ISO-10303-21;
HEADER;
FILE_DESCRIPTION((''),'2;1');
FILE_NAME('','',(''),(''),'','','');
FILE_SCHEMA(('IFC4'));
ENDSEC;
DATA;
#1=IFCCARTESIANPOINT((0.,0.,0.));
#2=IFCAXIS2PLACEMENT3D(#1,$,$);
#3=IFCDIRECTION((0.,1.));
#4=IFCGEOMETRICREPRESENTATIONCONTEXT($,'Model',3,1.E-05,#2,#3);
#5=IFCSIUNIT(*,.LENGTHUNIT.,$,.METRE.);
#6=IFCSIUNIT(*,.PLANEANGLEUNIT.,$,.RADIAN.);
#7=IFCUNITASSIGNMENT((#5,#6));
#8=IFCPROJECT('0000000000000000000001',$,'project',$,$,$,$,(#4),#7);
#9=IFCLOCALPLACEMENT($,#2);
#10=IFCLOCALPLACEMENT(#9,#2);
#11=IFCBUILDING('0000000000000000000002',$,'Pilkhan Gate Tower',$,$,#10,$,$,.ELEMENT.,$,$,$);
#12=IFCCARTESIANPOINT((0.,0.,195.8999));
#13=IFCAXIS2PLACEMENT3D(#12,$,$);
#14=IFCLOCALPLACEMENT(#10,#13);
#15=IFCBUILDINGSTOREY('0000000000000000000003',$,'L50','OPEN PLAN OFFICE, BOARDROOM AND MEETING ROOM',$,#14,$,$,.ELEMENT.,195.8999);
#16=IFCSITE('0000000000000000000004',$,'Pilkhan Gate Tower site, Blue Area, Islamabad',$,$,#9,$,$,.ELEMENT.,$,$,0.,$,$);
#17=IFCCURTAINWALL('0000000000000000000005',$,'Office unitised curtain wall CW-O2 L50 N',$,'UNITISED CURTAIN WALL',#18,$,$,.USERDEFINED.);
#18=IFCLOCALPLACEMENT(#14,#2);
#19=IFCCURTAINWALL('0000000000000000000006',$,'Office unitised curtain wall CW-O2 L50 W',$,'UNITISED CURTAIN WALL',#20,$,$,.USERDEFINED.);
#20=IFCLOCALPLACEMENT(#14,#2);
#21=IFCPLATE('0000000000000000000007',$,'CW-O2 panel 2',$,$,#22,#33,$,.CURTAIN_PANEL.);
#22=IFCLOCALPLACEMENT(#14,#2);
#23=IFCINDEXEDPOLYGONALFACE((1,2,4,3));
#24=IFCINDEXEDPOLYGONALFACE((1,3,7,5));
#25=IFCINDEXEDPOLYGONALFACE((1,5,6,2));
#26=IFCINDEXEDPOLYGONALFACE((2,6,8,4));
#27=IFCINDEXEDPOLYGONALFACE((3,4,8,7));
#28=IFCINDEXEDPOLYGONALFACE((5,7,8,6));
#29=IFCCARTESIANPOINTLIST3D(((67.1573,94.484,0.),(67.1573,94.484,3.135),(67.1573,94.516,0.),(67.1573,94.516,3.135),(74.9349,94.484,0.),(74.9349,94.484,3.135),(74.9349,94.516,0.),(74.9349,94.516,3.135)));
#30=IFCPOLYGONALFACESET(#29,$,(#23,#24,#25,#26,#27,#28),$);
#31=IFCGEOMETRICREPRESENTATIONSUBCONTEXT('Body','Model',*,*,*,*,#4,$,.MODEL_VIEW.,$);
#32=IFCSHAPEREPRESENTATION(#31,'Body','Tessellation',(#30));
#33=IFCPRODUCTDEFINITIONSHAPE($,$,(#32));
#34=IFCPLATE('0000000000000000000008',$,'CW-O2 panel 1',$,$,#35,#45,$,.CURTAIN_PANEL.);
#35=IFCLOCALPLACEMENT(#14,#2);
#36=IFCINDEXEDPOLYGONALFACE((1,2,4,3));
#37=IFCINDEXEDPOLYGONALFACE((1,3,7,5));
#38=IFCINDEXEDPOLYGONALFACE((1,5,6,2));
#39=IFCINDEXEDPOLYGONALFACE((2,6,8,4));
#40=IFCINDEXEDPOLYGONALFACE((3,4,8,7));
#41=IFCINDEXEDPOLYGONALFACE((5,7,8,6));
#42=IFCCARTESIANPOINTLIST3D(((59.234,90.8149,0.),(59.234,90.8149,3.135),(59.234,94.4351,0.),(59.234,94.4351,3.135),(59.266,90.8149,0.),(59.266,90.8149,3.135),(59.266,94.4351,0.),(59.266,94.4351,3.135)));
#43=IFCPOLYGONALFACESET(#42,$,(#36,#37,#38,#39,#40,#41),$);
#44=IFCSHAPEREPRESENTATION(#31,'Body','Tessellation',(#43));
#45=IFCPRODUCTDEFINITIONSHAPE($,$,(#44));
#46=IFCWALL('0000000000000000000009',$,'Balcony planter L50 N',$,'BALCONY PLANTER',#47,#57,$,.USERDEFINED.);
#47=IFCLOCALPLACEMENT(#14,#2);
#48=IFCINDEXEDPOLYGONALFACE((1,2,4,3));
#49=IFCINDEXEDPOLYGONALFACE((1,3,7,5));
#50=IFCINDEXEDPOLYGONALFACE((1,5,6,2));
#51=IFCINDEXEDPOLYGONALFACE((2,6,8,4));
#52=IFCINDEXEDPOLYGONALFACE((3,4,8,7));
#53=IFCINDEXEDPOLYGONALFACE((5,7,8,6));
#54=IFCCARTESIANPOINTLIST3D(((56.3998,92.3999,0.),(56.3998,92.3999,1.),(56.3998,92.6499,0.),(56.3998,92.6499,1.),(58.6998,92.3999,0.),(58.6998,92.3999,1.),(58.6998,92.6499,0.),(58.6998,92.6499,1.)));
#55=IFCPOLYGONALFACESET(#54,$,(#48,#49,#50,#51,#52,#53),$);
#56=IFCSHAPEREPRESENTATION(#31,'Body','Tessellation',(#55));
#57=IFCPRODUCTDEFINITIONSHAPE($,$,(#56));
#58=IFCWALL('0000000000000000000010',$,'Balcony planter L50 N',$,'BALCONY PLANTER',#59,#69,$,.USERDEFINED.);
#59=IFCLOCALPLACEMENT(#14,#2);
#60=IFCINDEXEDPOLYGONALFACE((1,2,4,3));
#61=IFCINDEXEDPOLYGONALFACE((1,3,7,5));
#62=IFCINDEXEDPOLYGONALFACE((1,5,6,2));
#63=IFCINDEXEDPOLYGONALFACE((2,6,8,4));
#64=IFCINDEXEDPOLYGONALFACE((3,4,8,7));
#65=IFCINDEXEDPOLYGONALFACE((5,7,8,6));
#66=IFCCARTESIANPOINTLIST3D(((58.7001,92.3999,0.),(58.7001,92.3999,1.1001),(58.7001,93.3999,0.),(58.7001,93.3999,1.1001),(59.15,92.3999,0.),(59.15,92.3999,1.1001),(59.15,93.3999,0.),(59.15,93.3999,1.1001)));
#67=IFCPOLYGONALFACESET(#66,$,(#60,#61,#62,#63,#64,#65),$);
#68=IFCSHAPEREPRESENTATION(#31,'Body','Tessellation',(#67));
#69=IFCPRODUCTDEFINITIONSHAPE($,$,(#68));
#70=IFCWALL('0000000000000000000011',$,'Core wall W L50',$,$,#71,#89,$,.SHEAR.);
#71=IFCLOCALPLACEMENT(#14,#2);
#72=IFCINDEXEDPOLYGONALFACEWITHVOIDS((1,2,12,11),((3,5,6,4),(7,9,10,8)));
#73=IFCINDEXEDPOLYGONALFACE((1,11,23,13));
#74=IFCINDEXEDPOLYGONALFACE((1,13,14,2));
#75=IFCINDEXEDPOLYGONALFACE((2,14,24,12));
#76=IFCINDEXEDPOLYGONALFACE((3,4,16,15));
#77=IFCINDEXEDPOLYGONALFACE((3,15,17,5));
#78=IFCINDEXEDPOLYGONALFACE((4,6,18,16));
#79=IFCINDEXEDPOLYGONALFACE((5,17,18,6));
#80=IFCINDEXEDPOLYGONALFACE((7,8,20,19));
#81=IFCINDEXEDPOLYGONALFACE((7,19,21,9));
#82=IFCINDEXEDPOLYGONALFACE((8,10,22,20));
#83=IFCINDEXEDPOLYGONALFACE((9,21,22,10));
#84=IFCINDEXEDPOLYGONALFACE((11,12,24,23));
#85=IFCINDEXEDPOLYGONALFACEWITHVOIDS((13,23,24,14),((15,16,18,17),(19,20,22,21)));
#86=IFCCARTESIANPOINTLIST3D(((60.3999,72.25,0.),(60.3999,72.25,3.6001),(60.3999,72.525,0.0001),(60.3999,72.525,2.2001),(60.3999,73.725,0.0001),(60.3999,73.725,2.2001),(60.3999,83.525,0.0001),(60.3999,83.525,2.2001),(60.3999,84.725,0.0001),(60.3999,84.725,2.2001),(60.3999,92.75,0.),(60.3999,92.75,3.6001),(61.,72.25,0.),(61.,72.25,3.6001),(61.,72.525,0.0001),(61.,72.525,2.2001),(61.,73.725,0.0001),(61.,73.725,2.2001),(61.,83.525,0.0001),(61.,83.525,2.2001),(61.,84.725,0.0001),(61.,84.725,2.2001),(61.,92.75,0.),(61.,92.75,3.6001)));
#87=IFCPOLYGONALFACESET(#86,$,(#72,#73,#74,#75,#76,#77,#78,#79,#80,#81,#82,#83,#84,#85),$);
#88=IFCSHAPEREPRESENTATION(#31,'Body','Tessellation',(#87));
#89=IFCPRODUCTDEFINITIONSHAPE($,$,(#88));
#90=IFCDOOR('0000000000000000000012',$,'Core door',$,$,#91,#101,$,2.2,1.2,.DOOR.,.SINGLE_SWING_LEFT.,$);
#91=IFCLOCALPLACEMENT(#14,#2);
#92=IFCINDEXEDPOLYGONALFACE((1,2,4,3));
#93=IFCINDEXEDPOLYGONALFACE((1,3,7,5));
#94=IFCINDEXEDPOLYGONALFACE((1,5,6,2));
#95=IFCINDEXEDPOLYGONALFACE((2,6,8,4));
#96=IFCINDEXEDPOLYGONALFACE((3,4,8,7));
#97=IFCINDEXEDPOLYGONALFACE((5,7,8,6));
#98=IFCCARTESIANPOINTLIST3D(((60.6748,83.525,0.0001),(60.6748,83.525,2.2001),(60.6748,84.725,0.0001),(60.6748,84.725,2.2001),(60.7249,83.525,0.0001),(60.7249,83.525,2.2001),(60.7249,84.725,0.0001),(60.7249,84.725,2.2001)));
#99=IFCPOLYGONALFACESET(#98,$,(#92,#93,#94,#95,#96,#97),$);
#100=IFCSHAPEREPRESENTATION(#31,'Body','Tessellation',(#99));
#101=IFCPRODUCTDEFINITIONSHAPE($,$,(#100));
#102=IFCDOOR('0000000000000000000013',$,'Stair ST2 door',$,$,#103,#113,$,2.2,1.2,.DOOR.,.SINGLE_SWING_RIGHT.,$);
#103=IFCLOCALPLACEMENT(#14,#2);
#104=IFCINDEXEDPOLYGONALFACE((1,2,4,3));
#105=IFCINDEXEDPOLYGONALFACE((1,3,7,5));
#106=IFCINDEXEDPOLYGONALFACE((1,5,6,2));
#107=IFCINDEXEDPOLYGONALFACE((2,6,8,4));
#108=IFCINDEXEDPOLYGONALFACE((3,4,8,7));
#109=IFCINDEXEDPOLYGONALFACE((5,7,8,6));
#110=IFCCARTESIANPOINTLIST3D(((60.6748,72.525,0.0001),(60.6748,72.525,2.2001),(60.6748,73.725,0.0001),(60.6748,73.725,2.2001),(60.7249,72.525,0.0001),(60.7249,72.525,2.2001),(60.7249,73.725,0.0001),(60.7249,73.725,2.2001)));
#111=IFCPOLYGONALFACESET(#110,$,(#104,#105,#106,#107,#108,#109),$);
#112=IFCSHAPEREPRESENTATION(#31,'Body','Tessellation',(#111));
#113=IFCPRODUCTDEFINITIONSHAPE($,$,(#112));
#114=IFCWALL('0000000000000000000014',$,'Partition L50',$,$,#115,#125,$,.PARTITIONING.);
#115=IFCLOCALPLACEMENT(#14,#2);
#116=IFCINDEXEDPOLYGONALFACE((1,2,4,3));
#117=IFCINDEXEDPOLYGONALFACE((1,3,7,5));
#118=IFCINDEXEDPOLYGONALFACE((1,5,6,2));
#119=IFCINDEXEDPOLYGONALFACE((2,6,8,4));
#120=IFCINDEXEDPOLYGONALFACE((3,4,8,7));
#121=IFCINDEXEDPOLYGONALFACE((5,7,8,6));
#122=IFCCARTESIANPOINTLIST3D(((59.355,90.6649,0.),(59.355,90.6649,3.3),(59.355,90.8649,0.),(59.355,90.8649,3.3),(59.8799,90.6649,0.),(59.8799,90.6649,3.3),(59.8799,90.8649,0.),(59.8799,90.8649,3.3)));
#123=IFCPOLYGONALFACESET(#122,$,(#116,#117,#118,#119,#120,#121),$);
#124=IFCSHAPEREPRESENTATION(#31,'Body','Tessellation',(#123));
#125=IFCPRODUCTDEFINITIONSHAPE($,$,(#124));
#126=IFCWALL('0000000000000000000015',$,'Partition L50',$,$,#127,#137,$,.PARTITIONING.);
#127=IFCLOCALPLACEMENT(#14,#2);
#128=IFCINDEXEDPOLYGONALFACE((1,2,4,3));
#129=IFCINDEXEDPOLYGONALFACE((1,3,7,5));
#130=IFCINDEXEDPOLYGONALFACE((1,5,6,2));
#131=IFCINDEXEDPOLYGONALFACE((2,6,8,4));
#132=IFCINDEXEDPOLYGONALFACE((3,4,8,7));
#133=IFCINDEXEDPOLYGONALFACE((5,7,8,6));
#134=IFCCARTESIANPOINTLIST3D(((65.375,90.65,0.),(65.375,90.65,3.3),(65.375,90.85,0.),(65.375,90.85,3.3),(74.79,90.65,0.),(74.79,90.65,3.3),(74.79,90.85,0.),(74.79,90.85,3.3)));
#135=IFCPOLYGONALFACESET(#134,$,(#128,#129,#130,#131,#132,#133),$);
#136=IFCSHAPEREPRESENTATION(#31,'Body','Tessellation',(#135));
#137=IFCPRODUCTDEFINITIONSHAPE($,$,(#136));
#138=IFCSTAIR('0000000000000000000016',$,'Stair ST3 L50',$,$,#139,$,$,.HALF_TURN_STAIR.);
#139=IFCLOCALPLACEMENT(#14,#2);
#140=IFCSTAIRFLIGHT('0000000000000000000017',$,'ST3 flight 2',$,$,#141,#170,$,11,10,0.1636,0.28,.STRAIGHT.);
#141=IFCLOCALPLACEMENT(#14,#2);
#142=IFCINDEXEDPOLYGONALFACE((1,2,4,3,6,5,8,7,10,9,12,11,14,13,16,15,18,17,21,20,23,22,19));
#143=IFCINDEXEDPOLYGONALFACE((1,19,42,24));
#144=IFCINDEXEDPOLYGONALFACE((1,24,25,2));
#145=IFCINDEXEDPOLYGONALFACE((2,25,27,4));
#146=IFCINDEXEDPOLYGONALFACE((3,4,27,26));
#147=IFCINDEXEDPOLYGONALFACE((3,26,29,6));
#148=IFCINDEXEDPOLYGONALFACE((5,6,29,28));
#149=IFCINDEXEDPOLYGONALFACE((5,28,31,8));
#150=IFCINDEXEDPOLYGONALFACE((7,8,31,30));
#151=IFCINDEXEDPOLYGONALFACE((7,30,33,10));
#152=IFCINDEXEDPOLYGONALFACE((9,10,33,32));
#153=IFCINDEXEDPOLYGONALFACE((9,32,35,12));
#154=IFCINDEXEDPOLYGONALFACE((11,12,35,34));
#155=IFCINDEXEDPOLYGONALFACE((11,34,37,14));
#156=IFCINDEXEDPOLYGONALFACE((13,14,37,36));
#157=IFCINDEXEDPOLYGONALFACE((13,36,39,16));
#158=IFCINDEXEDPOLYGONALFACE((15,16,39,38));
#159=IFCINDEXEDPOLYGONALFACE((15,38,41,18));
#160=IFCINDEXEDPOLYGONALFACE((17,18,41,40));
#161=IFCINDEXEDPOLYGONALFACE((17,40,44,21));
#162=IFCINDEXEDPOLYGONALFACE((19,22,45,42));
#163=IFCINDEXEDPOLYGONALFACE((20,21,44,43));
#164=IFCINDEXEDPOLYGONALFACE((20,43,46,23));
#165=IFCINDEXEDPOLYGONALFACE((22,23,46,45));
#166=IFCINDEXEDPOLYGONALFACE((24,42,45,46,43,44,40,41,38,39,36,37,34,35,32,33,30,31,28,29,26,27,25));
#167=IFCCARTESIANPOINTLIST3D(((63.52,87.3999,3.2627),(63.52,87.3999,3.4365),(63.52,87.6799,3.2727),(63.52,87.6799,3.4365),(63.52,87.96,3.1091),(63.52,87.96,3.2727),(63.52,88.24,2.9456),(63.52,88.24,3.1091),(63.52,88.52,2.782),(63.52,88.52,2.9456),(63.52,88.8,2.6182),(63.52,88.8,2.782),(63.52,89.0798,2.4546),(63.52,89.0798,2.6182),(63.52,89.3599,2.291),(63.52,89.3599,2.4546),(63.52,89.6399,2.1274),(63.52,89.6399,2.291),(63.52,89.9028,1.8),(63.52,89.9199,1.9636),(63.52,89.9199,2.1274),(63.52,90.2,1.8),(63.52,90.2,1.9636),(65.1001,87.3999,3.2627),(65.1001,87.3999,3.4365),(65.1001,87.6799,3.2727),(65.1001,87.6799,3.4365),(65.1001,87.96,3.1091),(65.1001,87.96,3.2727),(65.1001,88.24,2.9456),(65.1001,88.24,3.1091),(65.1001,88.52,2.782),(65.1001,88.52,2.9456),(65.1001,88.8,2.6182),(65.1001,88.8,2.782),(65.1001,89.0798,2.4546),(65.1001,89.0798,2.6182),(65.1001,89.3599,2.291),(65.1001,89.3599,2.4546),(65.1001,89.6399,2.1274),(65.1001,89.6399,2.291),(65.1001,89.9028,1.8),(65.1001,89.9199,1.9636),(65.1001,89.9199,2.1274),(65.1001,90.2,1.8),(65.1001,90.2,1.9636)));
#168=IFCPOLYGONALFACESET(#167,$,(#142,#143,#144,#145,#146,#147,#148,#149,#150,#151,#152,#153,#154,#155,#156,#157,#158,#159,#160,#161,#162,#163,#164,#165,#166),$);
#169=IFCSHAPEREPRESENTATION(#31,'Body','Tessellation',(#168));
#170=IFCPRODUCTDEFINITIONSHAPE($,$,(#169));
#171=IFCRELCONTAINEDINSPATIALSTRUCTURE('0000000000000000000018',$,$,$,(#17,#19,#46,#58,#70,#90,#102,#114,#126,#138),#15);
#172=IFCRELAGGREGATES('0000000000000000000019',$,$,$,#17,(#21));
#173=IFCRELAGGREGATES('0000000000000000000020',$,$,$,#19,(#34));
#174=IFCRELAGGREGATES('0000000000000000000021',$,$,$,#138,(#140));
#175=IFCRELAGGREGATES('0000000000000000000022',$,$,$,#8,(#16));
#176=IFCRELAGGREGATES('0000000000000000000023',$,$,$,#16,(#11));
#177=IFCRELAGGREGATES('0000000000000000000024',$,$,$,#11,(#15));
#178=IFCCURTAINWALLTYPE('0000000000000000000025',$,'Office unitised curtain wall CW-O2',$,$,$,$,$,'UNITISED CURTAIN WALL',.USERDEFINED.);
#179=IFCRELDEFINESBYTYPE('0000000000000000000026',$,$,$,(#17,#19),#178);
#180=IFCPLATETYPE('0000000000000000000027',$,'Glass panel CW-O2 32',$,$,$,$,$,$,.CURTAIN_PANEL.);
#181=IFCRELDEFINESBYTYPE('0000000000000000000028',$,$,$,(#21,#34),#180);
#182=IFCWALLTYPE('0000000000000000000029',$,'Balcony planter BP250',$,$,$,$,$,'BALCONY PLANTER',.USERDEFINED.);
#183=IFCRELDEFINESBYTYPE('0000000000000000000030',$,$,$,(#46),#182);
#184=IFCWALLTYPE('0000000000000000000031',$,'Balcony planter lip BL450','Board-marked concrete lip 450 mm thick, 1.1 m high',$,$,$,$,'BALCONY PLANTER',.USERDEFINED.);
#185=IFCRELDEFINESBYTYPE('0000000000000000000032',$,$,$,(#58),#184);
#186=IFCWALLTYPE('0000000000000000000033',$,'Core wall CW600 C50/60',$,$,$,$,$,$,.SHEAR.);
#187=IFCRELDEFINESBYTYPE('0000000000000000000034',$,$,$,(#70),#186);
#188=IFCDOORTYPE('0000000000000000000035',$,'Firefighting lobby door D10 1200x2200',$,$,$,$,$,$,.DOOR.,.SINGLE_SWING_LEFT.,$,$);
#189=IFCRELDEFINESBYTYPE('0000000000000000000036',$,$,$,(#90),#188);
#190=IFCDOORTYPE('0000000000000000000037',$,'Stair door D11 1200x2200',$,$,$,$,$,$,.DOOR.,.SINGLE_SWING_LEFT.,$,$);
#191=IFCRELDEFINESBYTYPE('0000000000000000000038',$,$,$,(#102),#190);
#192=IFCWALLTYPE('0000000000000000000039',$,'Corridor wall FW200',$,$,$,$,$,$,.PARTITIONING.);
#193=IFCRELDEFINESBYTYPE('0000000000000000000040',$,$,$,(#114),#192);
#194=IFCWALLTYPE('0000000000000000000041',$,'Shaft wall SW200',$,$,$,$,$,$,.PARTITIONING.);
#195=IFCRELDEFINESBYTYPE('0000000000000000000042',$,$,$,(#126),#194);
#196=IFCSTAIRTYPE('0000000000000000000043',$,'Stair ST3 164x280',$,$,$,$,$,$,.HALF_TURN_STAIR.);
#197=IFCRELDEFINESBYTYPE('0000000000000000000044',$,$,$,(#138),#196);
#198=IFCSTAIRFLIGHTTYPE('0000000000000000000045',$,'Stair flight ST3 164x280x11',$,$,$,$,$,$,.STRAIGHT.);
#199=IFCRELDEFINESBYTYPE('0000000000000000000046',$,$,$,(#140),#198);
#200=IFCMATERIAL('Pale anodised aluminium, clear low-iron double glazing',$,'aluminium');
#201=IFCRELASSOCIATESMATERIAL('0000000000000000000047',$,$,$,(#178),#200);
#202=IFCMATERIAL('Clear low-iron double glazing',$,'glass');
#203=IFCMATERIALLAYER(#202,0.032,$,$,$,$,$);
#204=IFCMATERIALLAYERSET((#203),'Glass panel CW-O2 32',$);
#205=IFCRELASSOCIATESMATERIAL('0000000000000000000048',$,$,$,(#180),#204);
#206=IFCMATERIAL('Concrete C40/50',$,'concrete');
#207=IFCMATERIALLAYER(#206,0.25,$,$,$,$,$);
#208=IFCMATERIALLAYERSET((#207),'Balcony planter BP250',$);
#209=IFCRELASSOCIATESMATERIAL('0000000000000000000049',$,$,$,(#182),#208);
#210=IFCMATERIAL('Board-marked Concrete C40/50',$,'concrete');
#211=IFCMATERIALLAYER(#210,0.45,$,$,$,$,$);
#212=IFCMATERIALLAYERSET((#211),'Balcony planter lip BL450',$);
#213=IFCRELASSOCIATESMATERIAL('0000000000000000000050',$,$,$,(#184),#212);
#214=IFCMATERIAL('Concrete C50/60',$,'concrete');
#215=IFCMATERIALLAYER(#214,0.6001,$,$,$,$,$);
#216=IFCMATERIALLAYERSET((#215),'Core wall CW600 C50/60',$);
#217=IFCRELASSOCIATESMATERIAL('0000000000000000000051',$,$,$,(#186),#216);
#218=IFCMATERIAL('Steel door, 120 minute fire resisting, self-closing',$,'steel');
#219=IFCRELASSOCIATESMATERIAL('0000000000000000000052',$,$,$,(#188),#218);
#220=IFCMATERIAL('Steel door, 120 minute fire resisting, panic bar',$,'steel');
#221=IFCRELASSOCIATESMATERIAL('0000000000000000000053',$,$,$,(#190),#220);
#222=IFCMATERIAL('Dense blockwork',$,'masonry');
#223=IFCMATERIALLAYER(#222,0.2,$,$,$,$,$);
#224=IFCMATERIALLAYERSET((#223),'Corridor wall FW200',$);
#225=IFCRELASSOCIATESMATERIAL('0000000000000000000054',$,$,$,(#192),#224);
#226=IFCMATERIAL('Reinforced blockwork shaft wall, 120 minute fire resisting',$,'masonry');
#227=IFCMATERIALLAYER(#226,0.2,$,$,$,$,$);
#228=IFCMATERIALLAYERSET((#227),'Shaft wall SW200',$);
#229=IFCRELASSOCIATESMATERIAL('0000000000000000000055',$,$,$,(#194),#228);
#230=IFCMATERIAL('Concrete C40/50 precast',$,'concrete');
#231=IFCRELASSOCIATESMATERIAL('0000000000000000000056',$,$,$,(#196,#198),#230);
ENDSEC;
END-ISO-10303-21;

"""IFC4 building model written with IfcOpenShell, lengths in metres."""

from ifc_helpers import new_model, si_unit, direction, frame, frame_2d, origin, origin_2d, place, context, subcontext, project, spatial, polyline, rectangle, outline, extrude, material, layer, layer_set, type_object, element, fill, aggregate, save


model = new_model("IFC4")

# Units and contexts
model_context = context("Model", 3, precision=1e-05, world=origin(), true_north=direction((0.0, 1.0)))
body_context = subcontext(model_context, "Body", "Model", "MODEL_VIEW")
ifc_project = project(units=[si_unit("LENGTHUNIT", "METRE"), si_unit("PLANEANGLEUNIT", "RADIAN")], contexts=[model_context])

# Site, building, storey
site_placement = place(None, origin())
site = spatial("IfcSite", under=ifc_project, at=site_placement, Name="Pilkhan Gate Tower site, Blue Area, Islamabad", CompositionType="ELEMENT", RefElevation=0.0)
building_placement = place(site_placement, origin())
building = spatial("IfcBuilding", under=site, at=building_placement, Name="Pilkhan Gate Tower", CompositionType="ELEMENT")
storey_placement = place(building_placement, frame((0.0, 0.0, 195.8999)))
storey = spatial("IfcBuildingStorey", under=building, at=storey_placement, Name="L50", Description="OPEN PLAN OFFICE, BOARDROOM AND MEETING ROOM", CompositionType="ELEMENT", Elevation=195.8999)

# Shared definitions
ifc_material_1 = material(Name="Concrete C50/60", Category="concrete")

# Curtain walls
ifc_material_2 = material(Name="Pale anodised aluminium, clear low-iron double glazing", Category="aluminium")
curtain_wall_type = type_object("IfcCurtainWallType", Name="Office unitised curtain wall CW-O2", ElementType="UNITISED CURTAIN WALL", PredefinedType="USERDEFINED", material=ifc_material_2)
curtain_wall_1_placement = place(storey_placement, origin())
curtain_wall_1 = element("IfcCurtainWall", 1, at=curtain_wall_1_placement, inside=storey, type_object=curtain_wall_type, Name="Office unitised curtain wall CW-O2 L50 N", ObjectType="UNITISED CURTAIN WALL", PredefinedType="USERDEFINED")
curtain_wall_2_placement = place(storey_placement, origin())
curtain_wall_2 = element("IfcCurtainWall", 2, at=curtain_wall_2_placement, inside=storey, type_object=curtain_wall_type, Name="Office unitised curtain wall CW-O2 L50 W", ObjectType="UNITISED CURTAIN WALL", PredefinedType="USERDEFINED")

# Plates
ifc_material_3 = material(Name="Clear low-iron double glazing", Category="glass")
ifc_layer_1 = layer(ifc_material_3, 0.032)
ifc_layer_set_1 = layer_set([ifc_layer_1], Name="Glass panel CW-O2 32")
plate_type = type_object("IfcPlateType", Name="Glass panel CW-O2 32", PredefinedType="CURTAIN_PANEL", material=ifc_layer_set_1)
plate_1_placement = place(storey_placement, frame((71.0461, 94.5, 0.0), z_axis=(0.0, 0.0, 1.0), x_axis=(1.0, 0.0, 0.0)))
plate_1 = element("IfcPlate", 3, at=plate_1_placement, type_object=plate_type, Name="CW-O2 panel 2", PredefinedType="CURTAIN_PANEL", context=body_context, shape_type="SweptSolid", body=[
    extrude(rectangle(XDim=7.7776, YDim=0.032, at=origin_2d()), origin(), (0.0, 0.0, 1.0), 3.135),
])
aggregate(curtain_wall_1, [plate_1])
plate_2_placement = place(storey_placement, frame((59.25, 92.625, 0.0), z_axis=(0.0, 0.0, 1.0), x_axis=(0.0, 1.0, 0.0)))
plate_2 = element("IfcPlate", 4, at=plate_2_placement, type_object=plate_type, Name="CW-O2 panel 1", PredefinedType="CURTAIN_PANEL", context=body_context, shape_type="SweptSolid", body=[
    extrude(rectangle(XDim=3.6201, YDim=0.032, at=origin_2d()), origin(), (0.0, 0.0, 1.0), 3.135),
])
aggregate(curtain_wall_2, [plate_2])

# Walls
ifc_material_4 = material(Name="Concrete C40/50", Category="concrete")
ifc_layer_2 = layer(ifc_material_4, 0.25)
ifc_layer_set_2 = layer_set([ifc_layer_2], Name="Balcony planter BP250")
wall_type_1 = type_object("IfcWallType", Name="Balcony planter BP250", ElementType="BALCONY PLANTER", PredefinedType="USERDEFINED", material=ifc_layer_set_2)
wall_1_placement = place(storey_placement, frame((56.3999, 92.5249, 0.0), z_axis=(0.0, 0.0, 1.0), x_axis=(1.0, 0.0, 0.0)))
element("IfcWall", 5, at=wall_1_placement, inside=storey, type_object=wall_type_1, Name="Balcony planter L50 N", ObjectType="BALCONY PLANTER", PredefinedType="USERDEFINED", context=body_context, shape_type="SweptSolid", body=[
    extrude(rectangle(XDim=2.3, YDim=0.25, at=frame_2d((1.1499, 0.0))), origin(), (0.0, 0.0, 1.0), 1.0),
])
ifc_material_5 = material(Name="Board-marked Concrete C40/50", Category="concrete")
ifc_layer_3 = layer(ifc_material_5, 0.45)
ifc_layer_set_3 = layer_set([ifc_layer_3], Name="Balcony planter lip BL450")
wall_type_2 = type_object("IfcWallType", Name="Balcony planter lip BL450", Description="Board-marked concrete lip 450 mm thick, 1.1 m high", ElementType="BALCONY PLANTER", PredefinedType="USERDEFINED", material=ifc_layer_set_3)
wall_2_placement = place(storey_placement, frame((58.925, 92.3999, 0.0), z_axis=(0.0, 0.0, 1.0), x_axis=(0.0, 1.0, 0.0)))
element("IfcWall", 6, at=wall_2_placement, inside=storey, type_object=wall_type_2, Name="Balcony planter L50 N", ObjectType="BALCONY PLANTER", PredefinedType="USERDEFINED", context=body_context, shape_type="SweptSolid", body=[
    extrude(rectangle(XDim=1.0, YDim=0.45, at=frame_2d((0.5, 0.0))), origin(), (0.0, 0.0, 1.0), 1.1001),
])

# Wall, openings, doors
ifc_layer_4 = layer(ifc_material_1, 0.6001)
ifc_layer_set_4 = layer_set([ifc_layer_4], Name="Core wall CW600 C50/60")
wall_type_3 = type_object("IfcWallType", Name="Core wall CW600 C50/60", PredefinedType="SHEAR", material=ifc_layer_set_4)
wall_3_placement = place(storey_placement, frame((60.7, 92.75, 0.0), z_axis=(0.0, 0.0, 1.0), x_axis=(0.0, -1.0, 0.0)))
wall_3 = element("IfcWall", 7, at=wall_3_placement, inside=storey, type_object=wall_type_3, Name="Core wall W L50", PredefinedType="SHEAR", context=body_context, shape_type="SweptSolid", body=[
    extrude(rectangle(XDim=20.5, YDim=0.6001, at=frame_2d((10.25, 0.0))), origin(), (0.0, 0.0, 1.0), 3.6001),
])
opening_1_placement = place(wall_3_placement, frame((19.0249, 0.0, 0.0)))
opening_1 = element("IfcOpeningElement", 8, at=opening_1_placement, cuts=wall_3, PredefinedType="OPENING", context=body_context, shape_type="SweptSolid", body=[
    extrude(rectangle(XDim=1.2, YDim=2.2, at=frame_2d((0.6001, 1.1001))), frame((0.0, 0.3101, 0.0), z_axis=(0.0, -1.0, 0.0), x_axis=(1.0, 0.0, 0.0)), (0.0, 0.0, 1.0), 0.6201),
])
opening_2_placement = place(wall_3_placement, frame((8.0249, 0.0, 0.0)))
opening_2 = element("IfcOpeningElement", 9, at=opening_2_placement, cuts=wall_3, PredefinedType="OPENING", context=body_context, shape_type="SweptSolid", body=[
    extrude(rectangle(XDim=1.2, YDim=2.2, at=frame_2d((0.6001, 1.1001))), frame((0.0, 0.3101, 0.0), z_axis=(0.0, -1.0, 0.0), x_axis=(1.0, 0.0, 0.0)), (0.0, 0.0, 1.0), 0.6201),
])
ifc_material_6 = material(Name="Steel door, 120 minute fire resisting, self-closing", Category="steel")
door_type_1 = type_object("IfcDoorType", Name="Firefighting lobby door D10 1200x2200", OperationType="SINGLE_SWING_LEFT", PredefinedType="DOOR", material=ifc_material_6)
door_1_placement = place(opening_2_placement, origin())
door_1 = element("IfcDoor", 10, at=door_1_placement, inside=storey, type_object=door_type_1, Name="Core door", OperationType="SINGLE_SWING_LEFT", OverallHeight=2.2, OverallWidth=1.2, PredefinedType="DOOR", context=body_context, shape_type="SweptSolid", body=[
    extrude(rectangle(XDim=1.2, YDim=2.2, at=frame_2d((0.6001, 1.1001))), frame((0.0, 0.0249, 0.0), z_axis=(0.0, -1.0, 0.0), x_axis=(1.0, 0.0, 0.0)), (0.0, 0.0, 1.0), 0.05),
])
fill(opening_2, door_1)
ifc_material_7 = material(Name="Steel door, 120 minute fire resisting, panic bar", Category="steel")
door_type_2 = type_object("IfcDoorType", Name="Stair door D11 1200x2200", OperationType="SINGLE_SWING_LEFT", PredefinedType="DOOR", material=ifc_material_7)
door_2_placement = place(opening_1_placement, origin())
door_2 = element("IfcDoor", 11, at=door_2_placement, inside=storey, type_object=door_type_2, Name="Stair ST2 door", OperationType="SINGLE_SWING_RIGHT", OverallHeight=2.2, OverallWidth=1.2, PredefinedType="DOOR", context=body_context, shape_type="SweptSolid", body=[
    extrude(rectangle(XDim=1.2, YDim=2.2, at=frame_2d((0.6001, 1.1001))), frame((0.0, 0.0249, 0.0), z_axis=(0.0, -1.0, 0.0), x_axis=(1.0, 0.0, 0.0)), (0.0, 0.0, 1.0), 0.05),
])
fill(opening_1, door_2)

# Wall
ifc_material_8 = material(Name="Dense blockwork", Category="masonry")
ifc_layer_5 = layer(ifc_material_8, 0.2)
ifc_layer_set_5 = layer_set([ifc_layer_5], Name="Corridor wall FW200")
wall_type_4 = type_object("IfcWallType", Name="Corridor wall FW200", PredefinedType="PARTITIONING", material=ifc_layer_set_5)
wall_4_placement = place(storey_placement, frame((59.355, 90.7649, 0.0), z_axis=(0.0, 0.0, 1.0), x_axis=(1.0, 0.0, 0.0)))
element("IfcWall", 12, at=wall_4_placement, inside=storey, type_object=wall_type_4, Name="Partition L50", PredefinedType="PARTITIONING", context=body_context, shape_type="SweptSolid", body=[
    extrude(rectangle(XDim=0.5249, YDim=0.2, at=frame_2d((0.2625, 0.0))), origin(), (0.0, 0.0, 1.0), 3.3),
])

# Wall
ifc_material_9 = material(Name="Reinforced blockwork shaft wall, 120 minute fire resisting", Category="masonry")
ifc_layer_6 = layer(ifc_material_9, 0.2)
ifc_layer_set_6 = layer_set([ifc_layer_6], Name="Shaft wall SW200")
wall_type_5 = type_object("IfcWallType", Name="Shaft wall SW200", PredefinedType="PARTITIONING", material=ifc_layer_set_6)
wall_5_placement = place(storey_placement, frame((65.375, 90.75, 0.0), z_axis=(0.0, 0.0, 1.0), x_axis=(1.0, 0.0, 0.0)))
element("IfcWall", 13, at=wall_5_placement, inside=storey, type_object=wall_type_5, Name="Partition L50", PredefinedType="PARTITIONING", context=body_context, shape_type="SweptSolid", body=[
    extrude(rectangle(XDim=9.415, YDim=0.2, at=frame_2d((4.7075, 0.0))), origin(), (0.0, 0.0, 1.0), 3.3),
])

# Stair, stair flight
ifc_material_10 = material(Name="Concrete C40/50 precast", Category="concrete")
stair_type = type_object("IfcStairType", Name="Stair ST3 164x280", PredefinedType="HALF_TURN_STAIR", material=ifc_material_10)
stair_placement = place(storey_placement, origin())
stair = element("IfcStair", 14, at=stair_placement, inside=storey, type_object=stair_type, Name="Stair ST3 L50", PredefinedType="HALF_TURN_STAIR")
stair_flight_type = type_object("IfcStairFlightType", Name="Stair flight ST3 164x280x11", PredefinedType="STRAIGHT", material=ifc_material_10)
stair_flight_placement = place(storey_placement, frame((64.3101, 90.2, 1.8), z_axis=(0.0, 0.0, 1.0), x_axis=(0.0, -1.0, 0.0)))
stair_flight = element("IfcStairFlight", 15, at=stair_flight_placement, type_object=stair_flight_type, Name="ST3 flight 2", NumberOfRisers=11, NumberOfTreads=10, PredefinedType="STRAIGHT", RiserHeight=0.1636, TreadLength=0.28, context=body_context, shape_type="SweptSolid", body=[
    extrude(outline(polyline([(0.0, 0.0), (0.0, 0.1636), (0.28, 0.1636), (0.28, 0.3274), (0.5601, 0.3274), (0.5601, 0.491), (0.8401, 0.491), (0.8401, 0.6545), (1.1201, 0.6545), (1.1201, 0.8181), (1.3999, 0.8181), (1.3999, 0.9819), (1.6799, 0.9819), (1.6799, 1.1455), (1.96, 1.1455), (1.96, 1.3091), (2.24, 1.3091), (2.24, 1.4727), (2.52, 1.4727), (2.52, 1.6365), (2.8, 1.6365), (2.8, 1.8), (2.8, 1.4626), (0.2971, 0.0), (0.0, 0.0)])), frame((0.0, 0.79, 0.0), z_axis=(0.0, -1.0, 0.0), x_axis=(1.0, 0.0, 0.0)), (0.0, 0.0, 1.0), 1.5801),
])
aggregate(stair, [stair_flight])

save(model, "model.ifc")
